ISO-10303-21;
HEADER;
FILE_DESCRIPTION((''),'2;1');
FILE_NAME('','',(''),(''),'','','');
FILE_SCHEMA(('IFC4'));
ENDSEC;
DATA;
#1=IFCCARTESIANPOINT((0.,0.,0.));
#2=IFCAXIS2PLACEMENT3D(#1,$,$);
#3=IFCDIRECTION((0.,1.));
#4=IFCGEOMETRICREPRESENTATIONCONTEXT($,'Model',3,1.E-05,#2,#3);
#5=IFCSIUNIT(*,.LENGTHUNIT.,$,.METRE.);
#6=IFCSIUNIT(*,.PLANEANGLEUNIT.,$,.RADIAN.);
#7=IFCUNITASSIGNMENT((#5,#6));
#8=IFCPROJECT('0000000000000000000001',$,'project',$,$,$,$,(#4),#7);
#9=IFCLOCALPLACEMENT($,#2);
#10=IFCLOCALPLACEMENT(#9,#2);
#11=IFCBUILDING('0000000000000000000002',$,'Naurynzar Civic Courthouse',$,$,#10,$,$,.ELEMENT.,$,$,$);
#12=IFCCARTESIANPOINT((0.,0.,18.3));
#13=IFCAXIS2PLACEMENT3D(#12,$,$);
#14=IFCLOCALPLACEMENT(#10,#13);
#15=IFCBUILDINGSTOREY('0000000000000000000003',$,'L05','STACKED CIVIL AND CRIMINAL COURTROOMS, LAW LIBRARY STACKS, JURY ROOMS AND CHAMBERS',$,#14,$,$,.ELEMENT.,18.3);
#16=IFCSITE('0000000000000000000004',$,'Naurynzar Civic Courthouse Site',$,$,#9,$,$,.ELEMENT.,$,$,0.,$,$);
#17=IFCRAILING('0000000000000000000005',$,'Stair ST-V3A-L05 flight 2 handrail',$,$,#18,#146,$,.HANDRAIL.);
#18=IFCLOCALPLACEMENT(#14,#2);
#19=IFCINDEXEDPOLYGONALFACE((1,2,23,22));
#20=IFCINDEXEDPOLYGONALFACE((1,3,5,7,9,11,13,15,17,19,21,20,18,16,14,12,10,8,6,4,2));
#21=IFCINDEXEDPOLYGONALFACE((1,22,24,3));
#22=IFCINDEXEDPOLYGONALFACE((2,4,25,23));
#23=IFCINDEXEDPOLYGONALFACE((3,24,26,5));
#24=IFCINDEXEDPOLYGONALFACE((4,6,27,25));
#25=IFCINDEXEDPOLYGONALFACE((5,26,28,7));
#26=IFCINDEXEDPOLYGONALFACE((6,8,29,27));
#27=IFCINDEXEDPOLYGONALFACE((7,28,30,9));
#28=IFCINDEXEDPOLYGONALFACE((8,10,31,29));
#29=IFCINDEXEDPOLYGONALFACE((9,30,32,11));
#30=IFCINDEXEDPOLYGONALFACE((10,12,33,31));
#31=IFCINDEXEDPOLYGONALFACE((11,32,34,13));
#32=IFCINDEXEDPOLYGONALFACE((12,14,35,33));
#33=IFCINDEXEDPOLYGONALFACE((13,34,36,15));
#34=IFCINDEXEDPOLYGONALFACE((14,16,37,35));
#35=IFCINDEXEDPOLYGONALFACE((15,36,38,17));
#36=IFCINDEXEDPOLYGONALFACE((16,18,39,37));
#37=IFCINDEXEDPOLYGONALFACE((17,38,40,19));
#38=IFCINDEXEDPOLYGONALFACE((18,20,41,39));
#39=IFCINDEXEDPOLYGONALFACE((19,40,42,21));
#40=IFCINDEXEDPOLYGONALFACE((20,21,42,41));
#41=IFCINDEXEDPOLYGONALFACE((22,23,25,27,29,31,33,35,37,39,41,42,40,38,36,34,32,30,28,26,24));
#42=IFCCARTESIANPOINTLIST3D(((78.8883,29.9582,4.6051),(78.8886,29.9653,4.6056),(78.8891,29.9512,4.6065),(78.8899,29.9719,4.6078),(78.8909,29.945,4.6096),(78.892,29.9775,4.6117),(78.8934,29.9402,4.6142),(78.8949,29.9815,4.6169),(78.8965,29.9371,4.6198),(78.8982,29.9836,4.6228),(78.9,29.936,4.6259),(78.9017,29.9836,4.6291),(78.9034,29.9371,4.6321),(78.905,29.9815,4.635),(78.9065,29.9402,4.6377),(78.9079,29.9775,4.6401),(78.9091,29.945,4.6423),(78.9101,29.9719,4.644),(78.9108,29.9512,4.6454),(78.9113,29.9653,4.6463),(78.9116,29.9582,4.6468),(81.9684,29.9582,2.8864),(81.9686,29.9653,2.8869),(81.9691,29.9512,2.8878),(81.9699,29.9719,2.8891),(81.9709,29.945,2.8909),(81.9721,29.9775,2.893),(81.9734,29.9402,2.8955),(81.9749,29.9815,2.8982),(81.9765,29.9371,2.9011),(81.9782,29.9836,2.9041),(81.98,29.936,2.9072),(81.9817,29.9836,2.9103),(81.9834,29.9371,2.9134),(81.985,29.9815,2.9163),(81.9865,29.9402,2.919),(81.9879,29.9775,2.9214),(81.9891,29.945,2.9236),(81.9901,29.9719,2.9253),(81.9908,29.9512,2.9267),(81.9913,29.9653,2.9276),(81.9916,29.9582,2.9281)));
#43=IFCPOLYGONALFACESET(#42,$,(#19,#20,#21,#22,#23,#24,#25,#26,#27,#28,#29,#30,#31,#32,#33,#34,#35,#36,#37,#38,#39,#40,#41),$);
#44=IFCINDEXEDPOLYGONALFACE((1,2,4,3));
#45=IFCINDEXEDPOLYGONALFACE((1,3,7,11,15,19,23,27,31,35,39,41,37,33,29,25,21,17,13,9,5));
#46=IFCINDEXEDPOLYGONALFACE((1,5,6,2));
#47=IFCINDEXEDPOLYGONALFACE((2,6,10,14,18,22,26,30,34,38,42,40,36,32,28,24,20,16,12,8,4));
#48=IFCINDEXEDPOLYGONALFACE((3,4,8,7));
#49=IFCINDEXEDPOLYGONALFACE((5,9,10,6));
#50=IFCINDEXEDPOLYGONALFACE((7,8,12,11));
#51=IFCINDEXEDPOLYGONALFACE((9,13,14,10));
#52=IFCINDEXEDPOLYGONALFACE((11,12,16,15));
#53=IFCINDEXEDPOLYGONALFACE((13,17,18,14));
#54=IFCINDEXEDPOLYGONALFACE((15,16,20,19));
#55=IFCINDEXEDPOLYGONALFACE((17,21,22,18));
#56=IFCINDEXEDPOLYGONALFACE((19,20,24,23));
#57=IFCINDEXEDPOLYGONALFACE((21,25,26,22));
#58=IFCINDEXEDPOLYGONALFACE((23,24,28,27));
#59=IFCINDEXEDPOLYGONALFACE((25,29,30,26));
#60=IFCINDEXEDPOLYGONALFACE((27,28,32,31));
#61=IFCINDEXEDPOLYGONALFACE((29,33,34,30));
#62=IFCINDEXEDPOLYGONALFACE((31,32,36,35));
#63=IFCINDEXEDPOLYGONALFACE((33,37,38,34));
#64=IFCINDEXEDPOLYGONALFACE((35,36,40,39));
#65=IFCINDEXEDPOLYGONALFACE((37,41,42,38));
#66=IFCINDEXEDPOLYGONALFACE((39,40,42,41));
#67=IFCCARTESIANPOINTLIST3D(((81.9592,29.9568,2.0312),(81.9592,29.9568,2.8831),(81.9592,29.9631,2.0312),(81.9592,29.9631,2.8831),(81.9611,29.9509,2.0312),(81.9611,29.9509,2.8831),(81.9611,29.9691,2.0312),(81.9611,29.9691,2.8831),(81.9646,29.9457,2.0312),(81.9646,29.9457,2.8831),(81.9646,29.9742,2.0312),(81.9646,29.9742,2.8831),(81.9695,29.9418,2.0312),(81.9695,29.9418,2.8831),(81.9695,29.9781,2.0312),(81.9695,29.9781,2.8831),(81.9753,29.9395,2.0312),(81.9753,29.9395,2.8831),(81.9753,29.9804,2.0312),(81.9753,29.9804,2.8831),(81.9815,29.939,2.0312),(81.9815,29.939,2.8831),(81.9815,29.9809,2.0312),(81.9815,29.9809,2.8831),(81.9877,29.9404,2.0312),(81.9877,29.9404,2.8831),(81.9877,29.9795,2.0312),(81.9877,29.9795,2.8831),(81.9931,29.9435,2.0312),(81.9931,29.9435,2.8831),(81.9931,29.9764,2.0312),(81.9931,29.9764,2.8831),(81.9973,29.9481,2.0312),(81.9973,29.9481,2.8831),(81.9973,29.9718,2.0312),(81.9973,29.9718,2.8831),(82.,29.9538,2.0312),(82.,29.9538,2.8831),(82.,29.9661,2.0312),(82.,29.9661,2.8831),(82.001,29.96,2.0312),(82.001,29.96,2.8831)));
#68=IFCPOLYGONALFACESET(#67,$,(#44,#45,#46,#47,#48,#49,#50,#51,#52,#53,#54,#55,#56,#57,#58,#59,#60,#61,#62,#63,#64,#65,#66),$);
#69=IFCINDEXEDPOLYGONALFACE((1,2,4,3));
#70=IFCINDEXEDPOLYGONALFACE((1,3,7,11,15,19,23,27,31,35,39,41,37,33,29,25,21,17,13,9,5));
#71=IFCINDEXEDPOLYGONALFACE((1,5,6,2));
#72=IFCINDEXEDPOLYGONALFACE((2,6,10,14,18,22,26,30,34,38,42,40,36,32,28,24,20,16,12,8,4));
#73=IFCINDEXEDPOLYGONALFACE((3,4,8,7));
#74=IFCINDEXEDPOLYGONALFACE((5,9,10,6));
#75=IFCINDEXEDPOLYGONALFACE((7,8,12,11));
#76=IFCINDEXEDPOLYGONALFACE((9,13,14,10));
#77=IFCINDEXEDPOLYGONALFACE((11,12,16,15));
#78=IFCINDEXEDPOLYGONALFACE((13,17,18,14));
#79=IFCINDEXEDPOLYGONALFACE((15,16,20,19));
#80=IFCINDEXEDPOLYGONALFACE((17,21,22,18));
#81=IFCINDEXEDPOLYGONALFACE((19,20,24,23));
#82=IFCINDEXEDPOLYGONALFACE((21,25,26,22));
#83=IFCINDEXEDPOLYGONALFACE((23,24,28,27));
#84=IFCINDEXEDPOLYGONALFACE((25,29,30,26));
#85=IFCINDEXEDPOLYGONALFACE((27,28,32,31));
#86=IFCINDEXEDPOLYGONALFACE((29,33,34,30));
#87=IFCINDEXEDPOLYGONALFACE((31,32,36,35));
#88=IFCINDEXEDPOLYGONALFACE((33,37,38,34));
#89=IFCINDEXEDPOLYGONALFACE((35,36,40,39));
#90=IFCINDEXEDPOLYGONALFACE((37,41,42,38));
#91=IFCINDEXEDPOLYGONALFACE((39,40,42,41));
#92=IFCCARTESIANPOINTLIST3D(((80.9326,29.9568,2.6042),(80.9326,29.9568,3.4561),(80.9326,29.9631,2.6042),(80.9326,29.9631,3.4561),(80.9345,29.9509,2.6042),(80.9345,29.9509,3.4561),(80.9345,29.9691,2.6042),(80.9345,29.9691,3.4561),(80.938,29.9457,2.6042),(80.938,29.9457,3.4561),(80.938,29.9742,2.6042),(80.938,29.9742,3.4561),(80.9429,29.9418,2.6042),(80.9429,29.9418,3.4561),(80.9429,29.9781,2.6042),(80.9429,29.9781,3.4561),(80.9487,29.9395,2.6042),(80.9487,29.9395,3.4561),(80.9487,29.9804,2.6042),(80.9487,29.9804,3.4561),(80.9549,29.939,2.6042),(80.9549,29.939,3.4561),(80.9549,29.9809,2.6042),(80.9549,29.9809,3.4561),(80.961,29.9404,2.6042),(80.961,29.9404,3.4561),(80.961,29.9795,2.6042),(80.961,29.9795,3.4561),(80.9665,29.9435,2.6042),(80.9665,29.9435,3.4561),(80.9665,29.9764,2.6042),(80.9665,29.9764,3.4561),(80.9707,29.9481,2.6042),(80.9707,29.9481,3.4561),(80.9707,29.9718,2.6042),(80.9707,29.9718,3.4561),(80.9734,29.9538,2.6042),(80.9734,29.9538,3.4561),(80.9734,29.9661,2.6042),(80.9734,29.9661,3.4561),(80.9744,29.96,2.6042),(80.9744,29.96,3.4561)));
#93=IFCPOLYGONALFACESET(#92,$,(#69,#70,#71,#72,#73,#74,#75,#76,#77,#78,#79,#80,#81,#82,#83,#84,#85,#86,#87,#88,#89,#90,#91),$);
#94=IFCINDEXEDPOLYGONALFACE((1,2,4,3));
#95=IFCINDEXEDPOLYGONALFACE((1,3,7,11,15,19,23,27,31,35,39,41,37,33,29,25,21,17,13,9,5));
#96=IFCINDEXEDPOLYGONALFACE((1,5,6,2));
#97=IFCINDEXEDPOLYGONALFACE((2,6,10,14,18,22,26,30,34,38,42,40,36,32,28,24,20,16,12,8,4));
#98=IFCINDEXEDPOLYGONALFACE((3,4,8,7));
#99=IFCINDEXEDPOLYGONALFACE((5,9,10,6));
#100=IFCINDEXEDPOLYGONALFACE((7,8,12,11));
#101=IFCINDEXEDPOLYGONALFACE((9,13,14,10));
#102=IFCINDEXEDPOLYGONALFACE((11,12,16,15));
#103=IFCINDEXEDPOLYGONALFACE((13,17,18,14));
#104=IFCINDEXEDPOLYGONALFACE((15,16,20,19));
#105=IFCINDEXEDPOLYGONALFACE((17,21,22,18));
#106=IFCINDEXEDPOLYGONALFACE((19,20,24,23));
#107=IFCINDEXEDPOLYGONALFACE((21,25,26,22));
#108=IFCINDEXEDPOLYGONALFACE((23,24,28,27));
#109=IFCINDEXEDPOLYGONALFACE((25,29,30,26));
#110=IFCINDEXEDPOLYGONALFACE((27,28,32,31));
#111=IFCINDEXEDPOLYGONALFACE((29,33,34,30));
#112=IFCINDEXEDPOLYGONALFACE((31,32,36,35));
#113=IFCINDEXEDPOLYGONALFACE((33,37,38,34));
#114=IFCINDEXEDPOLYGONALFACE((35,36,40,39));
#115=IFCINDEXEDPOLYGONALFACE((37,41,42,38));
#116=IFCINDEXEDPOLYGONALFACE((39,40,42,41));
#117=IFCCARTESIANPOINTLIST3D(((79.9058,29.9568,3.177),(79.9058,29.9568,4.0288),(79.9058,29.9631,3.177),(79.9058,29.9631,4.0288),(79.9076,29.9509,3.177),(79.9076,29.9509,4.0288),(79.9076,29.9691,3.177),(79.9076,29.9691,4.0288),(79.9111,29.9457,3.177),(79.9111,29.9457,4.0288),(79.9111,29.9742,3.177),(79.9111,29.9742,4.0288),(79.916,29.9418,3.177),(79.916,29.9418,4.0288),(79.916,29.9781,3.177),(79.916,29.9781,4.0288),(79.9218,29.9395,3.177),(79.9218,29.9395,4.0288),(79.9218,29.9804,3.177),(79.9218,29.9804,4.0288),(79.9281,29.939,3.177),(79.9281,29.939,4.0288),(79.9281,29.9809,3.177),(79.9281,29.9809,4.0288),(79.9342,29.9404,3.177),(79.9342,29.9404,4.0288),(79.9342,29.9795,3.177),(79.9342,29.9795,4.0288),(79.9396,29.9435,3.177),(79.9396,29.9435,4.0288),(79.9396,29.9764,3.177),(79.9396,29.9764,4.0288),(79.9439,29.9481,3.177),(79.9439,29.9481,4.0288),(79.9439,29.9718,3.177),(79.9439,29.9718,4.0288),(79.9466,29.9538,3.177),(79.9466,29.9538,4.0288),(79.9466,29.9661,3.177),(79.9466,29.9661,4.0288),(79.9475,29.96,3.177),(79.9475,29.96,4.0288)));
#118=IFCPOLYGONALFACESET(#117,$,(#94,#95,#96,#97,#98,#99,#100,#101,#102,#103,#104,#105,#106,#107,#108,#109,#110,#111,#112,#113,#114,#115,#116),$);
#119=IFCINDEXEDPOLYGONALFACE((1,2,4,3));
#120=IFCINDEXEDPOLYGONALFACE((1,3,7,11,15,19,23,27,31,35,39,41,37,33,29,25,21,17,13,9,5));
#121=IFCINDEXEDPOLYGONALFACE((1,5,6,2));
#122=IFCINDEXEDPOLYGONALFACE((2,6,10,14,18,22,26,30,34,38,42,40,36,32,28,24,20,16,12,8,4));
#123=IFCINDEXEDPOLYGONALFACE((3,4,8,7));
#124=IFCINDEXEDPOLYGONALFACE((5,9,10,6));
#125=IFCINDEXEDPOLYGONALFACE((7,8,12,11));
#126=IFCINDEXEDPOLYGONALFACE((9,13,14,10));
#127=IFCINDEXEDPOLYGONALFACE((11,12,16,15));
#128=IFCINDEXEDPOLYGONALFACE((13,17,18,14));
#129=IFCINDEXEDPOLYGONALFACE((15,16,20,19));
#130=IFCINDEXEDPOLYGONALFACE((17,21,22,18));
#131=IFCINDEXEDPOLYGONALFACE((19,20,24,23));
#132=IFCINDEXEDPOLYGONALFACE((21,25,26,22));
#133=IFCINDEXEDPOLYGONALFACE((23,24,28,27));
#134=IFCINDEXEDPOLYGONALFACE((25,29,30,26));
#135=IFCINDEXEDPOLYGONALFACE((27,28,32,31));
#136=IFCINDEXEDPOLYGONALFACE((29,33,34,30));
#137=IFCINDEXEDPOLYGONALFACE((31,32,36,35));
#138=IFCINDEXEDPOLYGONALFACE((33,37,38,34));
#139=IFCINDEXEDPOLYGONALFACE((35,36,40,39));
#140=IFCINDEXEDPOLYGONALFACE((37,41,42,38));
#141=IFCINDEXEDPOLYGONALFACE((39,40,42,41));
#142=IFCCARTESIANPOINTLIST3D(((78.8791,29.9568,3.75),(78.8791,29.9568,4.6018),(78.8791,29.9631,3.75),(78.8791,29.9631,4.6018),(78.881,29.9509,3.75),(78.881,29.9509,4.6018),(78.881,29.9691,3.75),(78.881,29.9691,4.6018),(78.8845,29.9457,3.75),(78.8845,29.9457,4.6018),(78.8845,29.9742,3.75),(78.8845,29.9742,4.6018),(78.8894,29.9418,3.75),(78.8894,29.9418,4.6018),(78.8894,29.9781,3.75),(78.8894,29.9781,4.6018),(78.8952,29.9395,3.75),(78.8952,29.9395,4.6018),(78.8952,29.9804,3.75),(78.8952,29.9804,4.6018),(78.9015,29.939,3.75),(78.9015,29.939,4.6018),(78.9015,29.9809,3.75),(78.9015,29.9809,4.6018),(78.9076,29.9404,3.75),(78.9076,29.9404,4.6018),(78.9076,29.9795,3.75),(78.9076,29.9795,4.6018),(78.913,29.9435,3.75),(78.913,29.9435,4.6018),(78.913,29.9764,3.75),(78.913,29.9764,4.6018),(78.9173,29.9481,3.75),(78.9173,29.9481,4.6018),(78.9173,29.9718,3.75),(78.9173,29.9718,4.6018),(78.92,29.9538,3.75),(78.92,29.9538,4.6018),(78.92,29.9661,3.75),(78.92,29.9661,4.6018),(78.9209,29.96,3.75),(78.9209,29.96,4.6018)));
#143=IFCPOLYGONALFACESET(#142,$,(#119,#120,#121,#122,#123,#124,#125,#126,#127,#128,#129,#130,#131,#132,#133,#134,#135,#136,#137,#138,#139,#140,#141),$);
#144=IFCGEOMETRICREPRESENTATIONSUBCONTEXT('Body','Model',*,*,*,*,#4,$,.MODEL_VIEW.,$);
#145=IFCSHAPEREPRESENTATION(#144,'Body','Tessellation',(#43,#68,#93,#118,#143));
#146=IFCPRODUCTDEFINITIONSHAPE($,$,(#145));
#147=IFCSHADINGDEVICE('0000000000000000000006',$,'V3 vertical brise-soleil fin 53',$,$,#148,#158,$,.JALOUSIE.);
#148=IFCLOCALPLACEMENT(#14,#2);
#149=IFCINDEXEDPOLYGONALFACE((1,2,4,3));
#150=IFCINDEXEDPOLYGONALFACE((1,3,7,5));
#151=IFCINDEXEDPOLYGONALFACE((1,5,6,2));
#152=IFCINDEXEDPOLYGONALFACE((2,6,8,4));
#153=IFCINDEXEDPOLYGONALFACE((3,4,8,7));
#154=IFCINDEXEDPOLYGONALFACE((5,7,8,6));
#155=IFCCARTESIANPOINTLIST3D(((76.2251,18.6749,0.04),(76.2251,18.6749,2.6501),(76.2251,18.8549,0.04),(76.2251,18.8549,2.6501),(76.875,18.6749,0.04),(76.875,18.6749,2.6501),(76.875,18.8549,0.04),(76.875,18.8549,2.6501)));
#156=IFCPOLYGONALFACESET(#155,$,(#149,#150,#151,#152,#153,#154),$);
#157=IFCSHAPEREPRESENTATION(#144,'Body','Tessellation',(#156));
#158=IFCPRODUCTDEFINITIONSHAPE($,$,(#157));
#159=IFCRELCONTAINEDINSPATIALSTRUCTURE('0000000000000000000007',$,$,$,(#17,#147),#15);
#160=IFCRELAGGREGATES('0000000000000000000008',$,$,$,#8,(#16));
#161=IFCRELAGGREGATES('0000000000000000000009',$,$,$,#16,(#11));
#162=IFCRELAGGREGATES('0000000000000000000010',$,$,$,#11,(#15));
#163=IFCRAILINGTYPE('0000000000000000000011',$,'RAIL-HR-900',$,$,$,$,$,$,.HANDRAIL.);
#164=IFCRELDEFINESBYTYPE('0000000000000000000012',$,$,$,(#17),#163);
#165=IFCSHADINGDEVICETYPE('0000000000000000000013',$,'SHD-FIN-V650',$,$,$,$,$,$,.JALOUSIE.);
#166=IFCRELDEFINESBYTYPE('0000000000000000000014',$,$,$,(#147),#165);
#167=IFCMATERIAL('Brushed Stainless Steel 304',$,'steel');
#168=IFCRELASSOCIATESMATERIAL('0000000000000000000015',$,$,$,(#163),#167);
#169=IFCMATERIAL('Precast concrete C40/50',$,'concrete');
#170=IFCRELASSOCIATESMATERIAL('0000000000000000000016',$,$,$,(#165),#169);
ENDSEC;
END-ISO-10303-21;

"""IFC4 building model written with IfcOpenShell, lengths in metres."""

from ifc_helpers import new_model, si_unit, direction, frame, origin, origin_2d, place, context, subcontext, project, spatial, rectangle, circle, extrude, material, type_object, element, save


model = new_model("IFC4")

# Units and contexts
model_context = context("Model", 3, precision=1e-05, world=origin(), true_north=direction((0.0, 1.0)))
body_context = subcontext(model_context, "Body", "Model", "MODEL_VIEW")
ifc_project = project(units=[si_unit("LENGTHUNIT", "METRE"), si_unit("PLANEANGLEUNIT", "RADIAN")], contexts=[model_context])

# Site, building, storey
site_placement = place(None, origin())
site = spatial("IfcSite", under=ifc_project, at=site_placement, Name="Naurynzar Civic Courthouse Site", CompositionType="ELEMENT", RefElevation=0.0)
building_placement = place(site_placement, origin())
building = spatial("IfcBuilding", under=site, at=building_placement, Name="Naurynzar Civic Courthouse", CompositionType="ELEMENT")
storey_placement = place(building_placement, frame((0.0, 0.0, 18.3)))
storey = spatial("IfcBuildingStorey", under=building, at=storey_placement, Name="L05", Description="STACKED CIVIL AND CRIMINAL COURTROOMS, LAW LIBRARY STACKS, JURY ROOMS AND CHAMBERS", CompositionType="ELEMENT", Elevation=18.3)

# Railing
ifc_material_1 = material(Name="Brushed Stainless Steel 304", Category="steel")
railing_type_1 = type_object("IfcRailingType", Name="RAIL-HR-900", PredefinedType="HANDRAIL", material=ifc_material_1)
railing_1_placement = place(storey_placement, frame((81.98, 29.96, 2.0312)))
element("IfcRailing", 1, at=railing_1_placement, inside=storey, type_object=railing_type_1, Name="Stair ST-V3A-L05 flight 2 handrail", PredefinedType="HANDRAIL", context=body_context, shape_type="SweptSolid", body=[
    extrude(circle(Radius=0.0239, at=origin_2d()), frame((0.0, 0.0, 0.876), z_axis=(-0.873242, 0.0, 0.487288), x_axis=(0.0, -1.0, 0.0)), (0.0, 0.0, 1.0), 3.5271),
    extrude(circle(Radius=0.021, at=origin_2d()), origin(), (0.0, 0.0, 1.0), 0.8518),
    extrude(circle(Radius=0.021, at=origin_2d()), frame((-1.0266, 0.0, 0.573)), (0.0, 0.0, 1.0), 0.8518),
    extrude(circle(Radius=0.021, at=origin_2d()), frame((-2.0535, 0.0, 1.1458)), (0.0, 0.0, 1.0), 0.8518),
    extrude(circle(Radius=0.021, at=origin_2d()), frame((-3.0801, 0.0, 1.7188)), (0.0, 0.0, 1.0), 0.8518),
])

# Shading device
ifc_material_2 = material(Name="Precast concrete C40/50", Category="concrete")
shading_device_type = type_object("IfcShadingDeviceType", Name="SHD-FIN-V650", PredefinedType="JALOUSIE", material=ifc_material_2)
shading_device_placement = place(storey_placement, frame((76.55, 18.7649, 0.04), z_axis=(0.0, 0.0, 1.0), x_axis=(0.0, 1.0, 0.0)))
element("IfcShadingDevice", 2, at=shading_device_placement, inside=storey, type_object=shading_device_type, Name="V3 vertical brise-soleil fin 53", PredefinedType="JALOUSIE", context=body_context, shape_type="SweptSolid", body=[
    extrude(rectangle(XDim=0.1799, YDim=0.6499, at=origin_2d()), origin(), (0.0, 0.0, 1.0), 2.6101),
])

save(model, "model.ifc")
